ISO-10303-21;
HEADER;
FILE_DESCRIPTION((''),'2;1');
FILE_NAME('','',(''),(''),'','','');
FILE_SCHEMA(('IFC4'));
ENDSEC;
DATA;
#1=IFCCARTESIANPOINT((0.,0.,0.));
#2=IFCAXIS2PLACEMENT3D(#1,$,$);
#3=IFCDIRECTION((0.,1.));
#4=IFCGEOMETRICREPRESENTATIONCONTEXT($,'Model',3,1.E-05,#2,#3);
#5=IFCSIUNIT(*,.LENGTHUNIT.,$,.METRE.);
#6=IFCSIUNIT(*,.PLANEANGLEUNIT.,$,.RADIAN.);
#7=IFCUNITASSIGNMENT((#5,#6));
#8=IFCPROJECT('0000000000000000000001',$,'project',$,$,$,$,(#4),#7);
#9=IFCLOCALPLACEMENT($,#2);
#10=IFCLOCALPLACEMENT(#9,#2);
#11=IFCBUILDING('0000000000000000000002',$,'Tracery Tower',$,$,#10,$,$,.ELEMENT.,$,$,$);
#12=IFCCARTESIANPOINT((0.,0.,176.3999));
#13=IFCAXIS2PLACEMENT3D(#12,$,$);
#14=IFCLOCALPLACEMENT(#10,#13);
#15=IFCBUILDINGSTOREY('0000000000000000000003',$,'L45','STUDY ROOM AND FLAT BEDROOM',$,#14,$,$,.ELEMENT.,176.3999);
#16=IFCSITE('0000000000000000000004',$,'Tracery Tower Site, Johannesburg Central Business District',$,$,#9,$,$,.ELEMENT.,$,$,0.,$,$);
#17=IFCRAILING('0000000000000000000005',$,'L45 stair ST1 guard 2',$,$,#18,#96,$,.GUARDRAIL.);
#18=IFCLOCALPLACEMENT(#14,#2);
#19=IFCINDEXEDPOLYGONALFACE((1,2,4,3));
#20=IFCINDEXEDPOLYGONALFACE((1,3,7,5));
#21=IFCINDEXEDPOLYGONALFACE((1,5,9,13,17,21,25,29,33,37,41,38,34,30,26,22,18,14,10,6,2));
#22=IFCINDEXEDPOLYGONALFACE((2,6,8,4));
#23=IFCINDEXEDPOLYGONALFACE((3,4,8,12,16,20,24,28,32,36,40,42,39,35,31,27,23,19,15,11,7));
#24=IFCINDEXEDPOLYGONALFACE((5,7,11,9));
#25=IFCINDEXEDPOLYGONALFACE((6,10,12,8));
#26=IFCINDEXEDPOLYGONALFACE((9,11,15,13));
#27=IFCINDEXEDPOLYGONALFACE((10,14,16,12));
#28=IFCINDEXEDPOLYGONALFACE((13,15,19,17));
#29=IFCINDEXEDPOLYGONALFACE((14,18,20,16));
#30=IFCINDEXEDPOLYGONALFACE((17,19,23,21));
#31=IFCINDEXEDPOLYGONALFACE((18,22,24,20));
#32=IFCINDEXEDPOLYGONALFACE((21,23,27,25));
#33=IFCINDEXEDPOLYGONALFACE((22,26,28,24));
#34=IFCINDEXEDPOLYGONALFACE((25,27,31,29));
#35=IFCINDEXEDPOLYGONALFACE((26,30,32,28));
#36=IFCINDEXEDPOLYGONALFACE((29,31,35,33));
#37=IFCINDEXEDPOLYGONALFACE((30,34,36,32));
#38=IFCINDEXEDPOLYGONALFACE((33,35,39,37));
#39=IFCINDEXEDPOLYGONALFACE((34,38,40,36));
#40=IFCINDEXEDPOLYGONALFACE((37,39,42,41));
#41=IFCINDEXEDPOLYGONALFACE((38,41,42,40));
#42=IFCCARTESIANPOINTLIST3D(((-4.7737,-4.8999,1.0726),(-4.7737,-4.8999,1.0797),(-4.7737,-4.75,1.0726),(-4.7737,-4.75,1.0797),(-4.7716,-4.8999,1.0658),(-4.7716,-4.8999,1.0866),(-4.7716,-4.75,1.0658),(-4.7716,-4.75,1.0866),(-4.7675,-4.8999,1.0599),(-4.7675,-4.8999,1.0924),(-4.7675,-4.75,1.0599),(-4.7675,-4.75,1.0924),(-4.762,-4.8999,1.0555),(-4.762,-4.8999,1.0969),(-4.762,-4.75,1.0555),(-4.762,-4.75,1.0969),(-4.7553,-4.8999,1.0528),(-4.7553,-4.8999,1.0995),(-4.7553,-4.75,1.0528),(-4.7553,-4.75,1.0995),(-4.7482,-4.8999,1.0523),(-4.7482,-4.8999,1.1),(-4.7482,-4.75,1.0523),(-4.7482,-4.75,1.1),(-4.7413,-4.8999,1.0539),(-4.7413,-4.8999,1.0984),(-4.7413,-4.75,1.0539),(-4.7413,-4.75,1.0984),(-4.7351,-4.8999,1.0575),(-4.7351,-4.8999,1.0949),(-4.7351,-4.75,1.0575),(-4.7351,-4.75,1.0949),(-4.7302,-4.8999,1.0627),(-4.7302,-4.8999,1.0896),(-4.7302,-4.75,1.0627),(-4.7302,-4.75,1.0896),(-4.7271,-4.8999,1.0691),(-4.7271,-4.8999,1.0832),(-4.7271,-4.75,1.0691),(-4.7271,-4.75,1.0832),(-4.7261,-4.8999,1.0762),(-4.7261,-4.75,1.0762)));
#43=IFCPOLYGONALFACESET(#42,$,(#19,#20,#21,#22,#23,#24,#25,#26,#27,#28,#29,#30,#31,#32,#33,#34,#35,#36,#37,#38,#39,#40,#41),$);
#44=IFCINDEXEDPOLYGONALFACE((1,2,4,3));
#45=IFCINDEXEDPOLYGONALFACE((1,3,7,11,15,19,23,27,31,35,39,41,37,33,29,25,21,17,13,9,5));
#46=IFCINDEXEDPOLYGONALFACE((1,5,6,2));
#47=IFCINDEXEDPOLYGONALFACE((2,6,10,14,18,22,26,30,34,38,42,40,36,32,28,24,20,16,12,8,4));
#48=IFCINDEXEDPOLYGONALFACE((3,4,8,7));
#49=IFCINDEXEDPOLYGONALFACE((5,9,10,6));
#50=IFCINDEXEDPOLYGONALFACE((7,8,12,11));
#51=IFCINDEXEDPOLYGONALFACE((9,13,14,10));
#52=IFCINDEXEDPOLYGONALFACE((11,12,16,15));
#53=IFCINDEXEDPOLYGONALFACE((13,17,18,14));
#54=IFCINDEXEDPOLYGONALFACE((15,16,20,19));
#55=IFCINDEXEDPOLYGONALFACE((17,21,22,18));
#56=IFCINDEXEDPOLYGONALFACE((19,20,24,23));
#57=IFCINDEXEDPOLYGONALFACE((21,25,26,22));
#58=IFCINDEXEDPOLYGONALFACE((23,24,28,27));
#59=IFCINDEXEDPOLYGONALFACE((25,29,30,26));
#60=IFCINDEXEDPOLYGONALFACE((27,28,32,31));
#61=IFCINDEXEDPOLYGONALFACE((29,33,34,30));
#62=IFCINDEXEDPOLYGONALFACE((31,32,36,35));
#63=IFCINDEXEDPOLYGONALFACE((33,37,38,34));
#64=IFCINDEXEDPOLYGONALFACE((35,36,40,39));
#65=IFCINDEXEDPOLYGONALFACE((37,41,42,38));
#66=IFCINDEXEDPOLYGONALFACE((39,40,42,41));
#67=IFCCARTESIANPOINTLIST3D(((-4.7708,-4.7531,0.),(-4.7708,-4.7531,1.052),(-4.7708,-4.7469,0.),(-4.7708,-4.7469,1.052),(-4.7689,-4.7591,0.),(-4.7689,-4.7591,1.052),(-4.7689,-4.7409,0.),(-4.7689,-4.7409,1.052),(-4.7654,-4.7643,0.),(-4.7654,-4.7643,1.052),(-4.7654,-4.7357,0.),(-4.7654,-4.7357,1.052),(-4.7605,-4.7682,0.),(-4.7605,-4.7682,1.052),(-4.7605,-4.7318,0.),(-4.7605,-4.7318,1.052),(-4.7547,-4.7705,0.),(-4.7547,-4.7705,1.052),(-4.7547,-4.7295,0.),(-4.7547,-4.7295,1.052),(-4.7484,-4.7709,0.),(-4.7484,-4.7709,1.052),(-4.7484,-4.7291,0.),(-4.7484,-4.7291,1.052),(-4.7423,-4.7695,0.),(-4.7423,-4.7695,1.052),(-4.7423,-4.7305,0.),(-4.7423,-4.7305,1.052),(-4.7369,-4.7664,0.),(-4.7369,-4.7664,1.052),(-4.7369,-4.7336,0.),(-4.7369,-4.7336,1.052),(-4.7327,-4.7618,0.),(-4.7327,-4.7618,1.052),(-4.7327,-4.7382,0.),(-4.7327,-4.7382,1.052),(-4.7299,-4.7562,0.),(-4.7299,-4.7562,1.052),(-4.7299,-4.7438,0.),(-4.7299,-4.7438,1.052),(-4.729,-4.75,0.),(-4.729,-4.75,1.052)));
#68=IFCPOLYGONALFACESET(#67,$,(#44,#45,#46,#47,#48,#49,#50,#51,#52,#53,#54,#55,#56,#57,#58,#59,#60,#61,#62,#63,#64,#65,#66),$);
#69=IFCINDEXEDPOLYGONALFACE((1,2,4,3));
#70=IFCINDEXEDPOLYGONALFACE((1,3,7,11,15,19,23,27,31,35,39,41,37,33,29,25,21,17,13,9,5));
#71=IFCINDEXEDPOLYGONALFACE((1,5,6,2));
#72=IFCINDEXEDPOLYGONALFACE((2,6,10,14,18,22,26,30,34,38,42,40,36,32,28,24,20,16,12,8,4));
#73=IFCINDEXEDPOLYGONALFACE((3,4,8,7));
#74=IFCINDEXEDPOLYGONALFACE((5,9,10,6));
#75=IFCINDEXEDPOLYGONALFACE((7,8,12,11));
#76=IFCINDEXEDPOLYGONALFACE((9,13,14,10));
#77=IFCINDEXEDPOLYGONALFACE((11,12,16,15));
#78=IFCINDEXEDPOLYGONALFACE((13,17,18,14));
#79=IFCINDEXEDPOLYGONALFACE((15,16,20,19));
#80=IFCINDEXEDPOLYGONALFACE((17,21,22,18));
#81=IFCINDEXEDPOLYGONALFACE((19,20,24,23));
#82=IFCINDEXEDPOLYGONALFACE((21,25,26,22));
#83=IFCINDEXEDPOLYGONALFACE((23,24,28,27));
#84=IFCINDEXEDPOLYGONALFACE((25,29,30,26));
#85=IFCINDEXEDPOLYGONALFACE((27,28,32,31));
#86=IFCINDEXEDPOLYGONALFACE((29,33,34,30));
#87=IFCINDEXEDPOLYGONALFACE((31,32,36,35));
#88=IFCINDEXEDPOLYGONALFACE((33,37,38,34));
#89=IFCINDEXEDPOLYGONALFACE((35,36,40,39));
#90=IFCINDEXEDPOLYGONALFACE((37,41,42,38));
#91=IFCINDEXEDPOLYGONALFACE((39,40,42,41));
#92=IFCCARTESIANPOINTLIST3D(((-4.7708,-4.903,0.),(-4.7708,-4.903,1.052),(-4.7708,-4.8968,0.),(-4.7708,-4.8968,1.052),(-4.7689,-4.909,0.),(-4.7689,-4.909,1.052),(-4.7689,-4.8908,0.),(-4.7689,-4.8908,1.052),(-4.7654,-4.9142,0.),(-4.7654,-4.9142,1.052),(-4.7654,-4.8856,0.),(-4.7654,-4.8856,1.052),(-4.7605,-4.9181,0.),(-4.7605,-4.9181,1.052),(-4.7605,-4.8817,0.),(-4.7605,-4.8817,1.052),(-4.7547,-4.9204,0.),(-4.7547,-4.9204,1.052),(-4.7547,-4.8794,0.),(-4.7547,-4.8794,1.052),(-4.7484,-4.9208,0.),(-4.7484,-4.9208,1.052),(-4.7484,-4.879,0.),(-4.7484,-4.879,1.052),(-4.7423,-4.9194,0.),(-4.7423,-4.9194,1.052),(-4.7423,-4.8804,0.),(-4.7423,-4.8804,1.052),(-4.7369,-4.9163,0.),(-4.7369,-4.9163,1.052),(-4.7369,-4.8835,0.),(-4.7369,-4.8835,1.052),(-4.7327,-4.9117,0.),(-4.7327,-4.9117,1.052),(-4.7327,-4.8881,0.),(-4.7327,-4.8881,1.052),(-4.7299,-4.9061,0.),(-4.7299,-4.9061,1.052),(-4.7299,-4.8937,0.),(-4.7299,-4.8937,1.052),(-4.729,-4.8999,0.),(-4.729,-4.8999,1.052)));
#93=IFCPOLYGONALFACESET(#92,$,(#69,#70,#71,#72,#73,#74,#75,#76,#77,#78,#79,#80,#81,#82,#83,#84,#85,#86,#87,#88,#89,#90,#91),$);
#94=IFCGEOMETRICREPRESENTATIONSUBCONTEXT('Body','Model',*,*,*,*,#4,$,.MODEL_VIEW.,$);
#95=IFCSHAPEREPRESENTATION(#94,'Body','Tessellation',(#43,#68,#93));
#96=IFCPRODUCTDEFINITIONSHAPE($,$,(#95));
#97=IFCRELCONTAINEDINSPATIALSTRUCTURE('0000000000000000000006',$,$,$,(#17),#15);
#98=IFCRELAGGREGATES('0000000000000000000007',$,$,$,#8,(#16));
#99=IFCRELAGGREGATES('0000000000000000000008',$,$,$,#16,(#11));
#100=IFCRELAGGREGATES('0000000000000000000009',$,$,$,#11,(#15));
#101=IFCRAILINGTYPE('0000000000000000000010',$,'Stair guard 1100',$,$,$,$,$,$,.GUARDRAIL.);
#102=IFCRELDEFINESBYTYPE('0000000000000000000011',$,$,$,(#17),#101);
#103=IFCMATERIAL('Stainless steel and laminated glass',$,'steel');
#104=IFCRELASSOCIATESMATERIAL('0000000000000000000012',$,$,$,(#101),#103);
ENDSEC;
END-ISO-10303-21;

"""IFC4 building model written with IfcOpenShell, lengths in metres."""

from ifc_helpers import new_model, si_unit, direction, frame, origin, origin_2d, place, context, subcontext, project, spatial, circle, extrude, material, type_object, element, save


model = new_model("IFC4")

# Units and contexts
model_context = context("Model", 3, precision=1e-05, world=origin(), true_north=direction((0.0, 1.0)))
body_context = subcontext(model_context, "Body", "Model", "MODEL_VIEW")
ifc_project = project(units=[si_unit("LENGTHUNIT", "METRE"), si_unit("PLANEANGLEUNIT", "RADIAN")], contexts=[model_context])

# Site, building, storey
site_placement = place(None, origin())
site = spatial("IfcSite", under=ifc_project, at=site_placement, Name="Tracery Tower Site, Johannesburg Central Business District", CompositionType="ELEMENT", RefElevation=0.0)
building_placement = place(site_placement, origin())
building = spatial("IfcBuilding", under=site, at=building_placement, Name="Tracery Tower", CompositionType="ELEMENT")
storey_placement = place(building_placement, frame((0.0, 0.0, 176.3999)))
storey = spatial("IfcBuildingStorey", under=building, at=storey_placement, Name="L45", Description="STUDY ROOM AND FLAT BEDROOM", CompositionType="ELEMENT", Elevation=176.3999)

# Railing
ifc_material_1 = material(Name="Stainless steel and laminated glass", Category="steel")
railing_type_1 = type_object("IfcRailingType", Name="Stair guard 1100", PredefinedType="GUARDRAIL", material=ifc_material_1)
railing_1_placement = place(storey_placement, frame((-4.75, -4.75, 0.0)))
element("IfcRailing", 1, at=railing_1_placement, inside=storey, type_object=railing_type_1, Name="L45 stair ST1 guard 2", PredefinedType="GUARDRAIL", context=body_context, shape_type="SweptSolid", body=[
    extrude(circle(Radius=0.0239, at=origin_2d()), frame((0.0, 0.0, 1.0762), z_axis=(0.0, -1.0, 0.0), x_axis=(1.0, 0.0, 0.0)), (0.0, 0.0, 1.0), 0.1499),
    extrude(circle(Radius=0.021, at=origin_2d()), origin(), (0.0, 0.0, 1.0), 1.052),
    extrude(circle(Radius=0.021, at=origin_2d()), frame((0.0, -0.1499, 0.0)), (0.0, 0.0, 1.0), 1.052),
])

save(model, "model.ifc")
